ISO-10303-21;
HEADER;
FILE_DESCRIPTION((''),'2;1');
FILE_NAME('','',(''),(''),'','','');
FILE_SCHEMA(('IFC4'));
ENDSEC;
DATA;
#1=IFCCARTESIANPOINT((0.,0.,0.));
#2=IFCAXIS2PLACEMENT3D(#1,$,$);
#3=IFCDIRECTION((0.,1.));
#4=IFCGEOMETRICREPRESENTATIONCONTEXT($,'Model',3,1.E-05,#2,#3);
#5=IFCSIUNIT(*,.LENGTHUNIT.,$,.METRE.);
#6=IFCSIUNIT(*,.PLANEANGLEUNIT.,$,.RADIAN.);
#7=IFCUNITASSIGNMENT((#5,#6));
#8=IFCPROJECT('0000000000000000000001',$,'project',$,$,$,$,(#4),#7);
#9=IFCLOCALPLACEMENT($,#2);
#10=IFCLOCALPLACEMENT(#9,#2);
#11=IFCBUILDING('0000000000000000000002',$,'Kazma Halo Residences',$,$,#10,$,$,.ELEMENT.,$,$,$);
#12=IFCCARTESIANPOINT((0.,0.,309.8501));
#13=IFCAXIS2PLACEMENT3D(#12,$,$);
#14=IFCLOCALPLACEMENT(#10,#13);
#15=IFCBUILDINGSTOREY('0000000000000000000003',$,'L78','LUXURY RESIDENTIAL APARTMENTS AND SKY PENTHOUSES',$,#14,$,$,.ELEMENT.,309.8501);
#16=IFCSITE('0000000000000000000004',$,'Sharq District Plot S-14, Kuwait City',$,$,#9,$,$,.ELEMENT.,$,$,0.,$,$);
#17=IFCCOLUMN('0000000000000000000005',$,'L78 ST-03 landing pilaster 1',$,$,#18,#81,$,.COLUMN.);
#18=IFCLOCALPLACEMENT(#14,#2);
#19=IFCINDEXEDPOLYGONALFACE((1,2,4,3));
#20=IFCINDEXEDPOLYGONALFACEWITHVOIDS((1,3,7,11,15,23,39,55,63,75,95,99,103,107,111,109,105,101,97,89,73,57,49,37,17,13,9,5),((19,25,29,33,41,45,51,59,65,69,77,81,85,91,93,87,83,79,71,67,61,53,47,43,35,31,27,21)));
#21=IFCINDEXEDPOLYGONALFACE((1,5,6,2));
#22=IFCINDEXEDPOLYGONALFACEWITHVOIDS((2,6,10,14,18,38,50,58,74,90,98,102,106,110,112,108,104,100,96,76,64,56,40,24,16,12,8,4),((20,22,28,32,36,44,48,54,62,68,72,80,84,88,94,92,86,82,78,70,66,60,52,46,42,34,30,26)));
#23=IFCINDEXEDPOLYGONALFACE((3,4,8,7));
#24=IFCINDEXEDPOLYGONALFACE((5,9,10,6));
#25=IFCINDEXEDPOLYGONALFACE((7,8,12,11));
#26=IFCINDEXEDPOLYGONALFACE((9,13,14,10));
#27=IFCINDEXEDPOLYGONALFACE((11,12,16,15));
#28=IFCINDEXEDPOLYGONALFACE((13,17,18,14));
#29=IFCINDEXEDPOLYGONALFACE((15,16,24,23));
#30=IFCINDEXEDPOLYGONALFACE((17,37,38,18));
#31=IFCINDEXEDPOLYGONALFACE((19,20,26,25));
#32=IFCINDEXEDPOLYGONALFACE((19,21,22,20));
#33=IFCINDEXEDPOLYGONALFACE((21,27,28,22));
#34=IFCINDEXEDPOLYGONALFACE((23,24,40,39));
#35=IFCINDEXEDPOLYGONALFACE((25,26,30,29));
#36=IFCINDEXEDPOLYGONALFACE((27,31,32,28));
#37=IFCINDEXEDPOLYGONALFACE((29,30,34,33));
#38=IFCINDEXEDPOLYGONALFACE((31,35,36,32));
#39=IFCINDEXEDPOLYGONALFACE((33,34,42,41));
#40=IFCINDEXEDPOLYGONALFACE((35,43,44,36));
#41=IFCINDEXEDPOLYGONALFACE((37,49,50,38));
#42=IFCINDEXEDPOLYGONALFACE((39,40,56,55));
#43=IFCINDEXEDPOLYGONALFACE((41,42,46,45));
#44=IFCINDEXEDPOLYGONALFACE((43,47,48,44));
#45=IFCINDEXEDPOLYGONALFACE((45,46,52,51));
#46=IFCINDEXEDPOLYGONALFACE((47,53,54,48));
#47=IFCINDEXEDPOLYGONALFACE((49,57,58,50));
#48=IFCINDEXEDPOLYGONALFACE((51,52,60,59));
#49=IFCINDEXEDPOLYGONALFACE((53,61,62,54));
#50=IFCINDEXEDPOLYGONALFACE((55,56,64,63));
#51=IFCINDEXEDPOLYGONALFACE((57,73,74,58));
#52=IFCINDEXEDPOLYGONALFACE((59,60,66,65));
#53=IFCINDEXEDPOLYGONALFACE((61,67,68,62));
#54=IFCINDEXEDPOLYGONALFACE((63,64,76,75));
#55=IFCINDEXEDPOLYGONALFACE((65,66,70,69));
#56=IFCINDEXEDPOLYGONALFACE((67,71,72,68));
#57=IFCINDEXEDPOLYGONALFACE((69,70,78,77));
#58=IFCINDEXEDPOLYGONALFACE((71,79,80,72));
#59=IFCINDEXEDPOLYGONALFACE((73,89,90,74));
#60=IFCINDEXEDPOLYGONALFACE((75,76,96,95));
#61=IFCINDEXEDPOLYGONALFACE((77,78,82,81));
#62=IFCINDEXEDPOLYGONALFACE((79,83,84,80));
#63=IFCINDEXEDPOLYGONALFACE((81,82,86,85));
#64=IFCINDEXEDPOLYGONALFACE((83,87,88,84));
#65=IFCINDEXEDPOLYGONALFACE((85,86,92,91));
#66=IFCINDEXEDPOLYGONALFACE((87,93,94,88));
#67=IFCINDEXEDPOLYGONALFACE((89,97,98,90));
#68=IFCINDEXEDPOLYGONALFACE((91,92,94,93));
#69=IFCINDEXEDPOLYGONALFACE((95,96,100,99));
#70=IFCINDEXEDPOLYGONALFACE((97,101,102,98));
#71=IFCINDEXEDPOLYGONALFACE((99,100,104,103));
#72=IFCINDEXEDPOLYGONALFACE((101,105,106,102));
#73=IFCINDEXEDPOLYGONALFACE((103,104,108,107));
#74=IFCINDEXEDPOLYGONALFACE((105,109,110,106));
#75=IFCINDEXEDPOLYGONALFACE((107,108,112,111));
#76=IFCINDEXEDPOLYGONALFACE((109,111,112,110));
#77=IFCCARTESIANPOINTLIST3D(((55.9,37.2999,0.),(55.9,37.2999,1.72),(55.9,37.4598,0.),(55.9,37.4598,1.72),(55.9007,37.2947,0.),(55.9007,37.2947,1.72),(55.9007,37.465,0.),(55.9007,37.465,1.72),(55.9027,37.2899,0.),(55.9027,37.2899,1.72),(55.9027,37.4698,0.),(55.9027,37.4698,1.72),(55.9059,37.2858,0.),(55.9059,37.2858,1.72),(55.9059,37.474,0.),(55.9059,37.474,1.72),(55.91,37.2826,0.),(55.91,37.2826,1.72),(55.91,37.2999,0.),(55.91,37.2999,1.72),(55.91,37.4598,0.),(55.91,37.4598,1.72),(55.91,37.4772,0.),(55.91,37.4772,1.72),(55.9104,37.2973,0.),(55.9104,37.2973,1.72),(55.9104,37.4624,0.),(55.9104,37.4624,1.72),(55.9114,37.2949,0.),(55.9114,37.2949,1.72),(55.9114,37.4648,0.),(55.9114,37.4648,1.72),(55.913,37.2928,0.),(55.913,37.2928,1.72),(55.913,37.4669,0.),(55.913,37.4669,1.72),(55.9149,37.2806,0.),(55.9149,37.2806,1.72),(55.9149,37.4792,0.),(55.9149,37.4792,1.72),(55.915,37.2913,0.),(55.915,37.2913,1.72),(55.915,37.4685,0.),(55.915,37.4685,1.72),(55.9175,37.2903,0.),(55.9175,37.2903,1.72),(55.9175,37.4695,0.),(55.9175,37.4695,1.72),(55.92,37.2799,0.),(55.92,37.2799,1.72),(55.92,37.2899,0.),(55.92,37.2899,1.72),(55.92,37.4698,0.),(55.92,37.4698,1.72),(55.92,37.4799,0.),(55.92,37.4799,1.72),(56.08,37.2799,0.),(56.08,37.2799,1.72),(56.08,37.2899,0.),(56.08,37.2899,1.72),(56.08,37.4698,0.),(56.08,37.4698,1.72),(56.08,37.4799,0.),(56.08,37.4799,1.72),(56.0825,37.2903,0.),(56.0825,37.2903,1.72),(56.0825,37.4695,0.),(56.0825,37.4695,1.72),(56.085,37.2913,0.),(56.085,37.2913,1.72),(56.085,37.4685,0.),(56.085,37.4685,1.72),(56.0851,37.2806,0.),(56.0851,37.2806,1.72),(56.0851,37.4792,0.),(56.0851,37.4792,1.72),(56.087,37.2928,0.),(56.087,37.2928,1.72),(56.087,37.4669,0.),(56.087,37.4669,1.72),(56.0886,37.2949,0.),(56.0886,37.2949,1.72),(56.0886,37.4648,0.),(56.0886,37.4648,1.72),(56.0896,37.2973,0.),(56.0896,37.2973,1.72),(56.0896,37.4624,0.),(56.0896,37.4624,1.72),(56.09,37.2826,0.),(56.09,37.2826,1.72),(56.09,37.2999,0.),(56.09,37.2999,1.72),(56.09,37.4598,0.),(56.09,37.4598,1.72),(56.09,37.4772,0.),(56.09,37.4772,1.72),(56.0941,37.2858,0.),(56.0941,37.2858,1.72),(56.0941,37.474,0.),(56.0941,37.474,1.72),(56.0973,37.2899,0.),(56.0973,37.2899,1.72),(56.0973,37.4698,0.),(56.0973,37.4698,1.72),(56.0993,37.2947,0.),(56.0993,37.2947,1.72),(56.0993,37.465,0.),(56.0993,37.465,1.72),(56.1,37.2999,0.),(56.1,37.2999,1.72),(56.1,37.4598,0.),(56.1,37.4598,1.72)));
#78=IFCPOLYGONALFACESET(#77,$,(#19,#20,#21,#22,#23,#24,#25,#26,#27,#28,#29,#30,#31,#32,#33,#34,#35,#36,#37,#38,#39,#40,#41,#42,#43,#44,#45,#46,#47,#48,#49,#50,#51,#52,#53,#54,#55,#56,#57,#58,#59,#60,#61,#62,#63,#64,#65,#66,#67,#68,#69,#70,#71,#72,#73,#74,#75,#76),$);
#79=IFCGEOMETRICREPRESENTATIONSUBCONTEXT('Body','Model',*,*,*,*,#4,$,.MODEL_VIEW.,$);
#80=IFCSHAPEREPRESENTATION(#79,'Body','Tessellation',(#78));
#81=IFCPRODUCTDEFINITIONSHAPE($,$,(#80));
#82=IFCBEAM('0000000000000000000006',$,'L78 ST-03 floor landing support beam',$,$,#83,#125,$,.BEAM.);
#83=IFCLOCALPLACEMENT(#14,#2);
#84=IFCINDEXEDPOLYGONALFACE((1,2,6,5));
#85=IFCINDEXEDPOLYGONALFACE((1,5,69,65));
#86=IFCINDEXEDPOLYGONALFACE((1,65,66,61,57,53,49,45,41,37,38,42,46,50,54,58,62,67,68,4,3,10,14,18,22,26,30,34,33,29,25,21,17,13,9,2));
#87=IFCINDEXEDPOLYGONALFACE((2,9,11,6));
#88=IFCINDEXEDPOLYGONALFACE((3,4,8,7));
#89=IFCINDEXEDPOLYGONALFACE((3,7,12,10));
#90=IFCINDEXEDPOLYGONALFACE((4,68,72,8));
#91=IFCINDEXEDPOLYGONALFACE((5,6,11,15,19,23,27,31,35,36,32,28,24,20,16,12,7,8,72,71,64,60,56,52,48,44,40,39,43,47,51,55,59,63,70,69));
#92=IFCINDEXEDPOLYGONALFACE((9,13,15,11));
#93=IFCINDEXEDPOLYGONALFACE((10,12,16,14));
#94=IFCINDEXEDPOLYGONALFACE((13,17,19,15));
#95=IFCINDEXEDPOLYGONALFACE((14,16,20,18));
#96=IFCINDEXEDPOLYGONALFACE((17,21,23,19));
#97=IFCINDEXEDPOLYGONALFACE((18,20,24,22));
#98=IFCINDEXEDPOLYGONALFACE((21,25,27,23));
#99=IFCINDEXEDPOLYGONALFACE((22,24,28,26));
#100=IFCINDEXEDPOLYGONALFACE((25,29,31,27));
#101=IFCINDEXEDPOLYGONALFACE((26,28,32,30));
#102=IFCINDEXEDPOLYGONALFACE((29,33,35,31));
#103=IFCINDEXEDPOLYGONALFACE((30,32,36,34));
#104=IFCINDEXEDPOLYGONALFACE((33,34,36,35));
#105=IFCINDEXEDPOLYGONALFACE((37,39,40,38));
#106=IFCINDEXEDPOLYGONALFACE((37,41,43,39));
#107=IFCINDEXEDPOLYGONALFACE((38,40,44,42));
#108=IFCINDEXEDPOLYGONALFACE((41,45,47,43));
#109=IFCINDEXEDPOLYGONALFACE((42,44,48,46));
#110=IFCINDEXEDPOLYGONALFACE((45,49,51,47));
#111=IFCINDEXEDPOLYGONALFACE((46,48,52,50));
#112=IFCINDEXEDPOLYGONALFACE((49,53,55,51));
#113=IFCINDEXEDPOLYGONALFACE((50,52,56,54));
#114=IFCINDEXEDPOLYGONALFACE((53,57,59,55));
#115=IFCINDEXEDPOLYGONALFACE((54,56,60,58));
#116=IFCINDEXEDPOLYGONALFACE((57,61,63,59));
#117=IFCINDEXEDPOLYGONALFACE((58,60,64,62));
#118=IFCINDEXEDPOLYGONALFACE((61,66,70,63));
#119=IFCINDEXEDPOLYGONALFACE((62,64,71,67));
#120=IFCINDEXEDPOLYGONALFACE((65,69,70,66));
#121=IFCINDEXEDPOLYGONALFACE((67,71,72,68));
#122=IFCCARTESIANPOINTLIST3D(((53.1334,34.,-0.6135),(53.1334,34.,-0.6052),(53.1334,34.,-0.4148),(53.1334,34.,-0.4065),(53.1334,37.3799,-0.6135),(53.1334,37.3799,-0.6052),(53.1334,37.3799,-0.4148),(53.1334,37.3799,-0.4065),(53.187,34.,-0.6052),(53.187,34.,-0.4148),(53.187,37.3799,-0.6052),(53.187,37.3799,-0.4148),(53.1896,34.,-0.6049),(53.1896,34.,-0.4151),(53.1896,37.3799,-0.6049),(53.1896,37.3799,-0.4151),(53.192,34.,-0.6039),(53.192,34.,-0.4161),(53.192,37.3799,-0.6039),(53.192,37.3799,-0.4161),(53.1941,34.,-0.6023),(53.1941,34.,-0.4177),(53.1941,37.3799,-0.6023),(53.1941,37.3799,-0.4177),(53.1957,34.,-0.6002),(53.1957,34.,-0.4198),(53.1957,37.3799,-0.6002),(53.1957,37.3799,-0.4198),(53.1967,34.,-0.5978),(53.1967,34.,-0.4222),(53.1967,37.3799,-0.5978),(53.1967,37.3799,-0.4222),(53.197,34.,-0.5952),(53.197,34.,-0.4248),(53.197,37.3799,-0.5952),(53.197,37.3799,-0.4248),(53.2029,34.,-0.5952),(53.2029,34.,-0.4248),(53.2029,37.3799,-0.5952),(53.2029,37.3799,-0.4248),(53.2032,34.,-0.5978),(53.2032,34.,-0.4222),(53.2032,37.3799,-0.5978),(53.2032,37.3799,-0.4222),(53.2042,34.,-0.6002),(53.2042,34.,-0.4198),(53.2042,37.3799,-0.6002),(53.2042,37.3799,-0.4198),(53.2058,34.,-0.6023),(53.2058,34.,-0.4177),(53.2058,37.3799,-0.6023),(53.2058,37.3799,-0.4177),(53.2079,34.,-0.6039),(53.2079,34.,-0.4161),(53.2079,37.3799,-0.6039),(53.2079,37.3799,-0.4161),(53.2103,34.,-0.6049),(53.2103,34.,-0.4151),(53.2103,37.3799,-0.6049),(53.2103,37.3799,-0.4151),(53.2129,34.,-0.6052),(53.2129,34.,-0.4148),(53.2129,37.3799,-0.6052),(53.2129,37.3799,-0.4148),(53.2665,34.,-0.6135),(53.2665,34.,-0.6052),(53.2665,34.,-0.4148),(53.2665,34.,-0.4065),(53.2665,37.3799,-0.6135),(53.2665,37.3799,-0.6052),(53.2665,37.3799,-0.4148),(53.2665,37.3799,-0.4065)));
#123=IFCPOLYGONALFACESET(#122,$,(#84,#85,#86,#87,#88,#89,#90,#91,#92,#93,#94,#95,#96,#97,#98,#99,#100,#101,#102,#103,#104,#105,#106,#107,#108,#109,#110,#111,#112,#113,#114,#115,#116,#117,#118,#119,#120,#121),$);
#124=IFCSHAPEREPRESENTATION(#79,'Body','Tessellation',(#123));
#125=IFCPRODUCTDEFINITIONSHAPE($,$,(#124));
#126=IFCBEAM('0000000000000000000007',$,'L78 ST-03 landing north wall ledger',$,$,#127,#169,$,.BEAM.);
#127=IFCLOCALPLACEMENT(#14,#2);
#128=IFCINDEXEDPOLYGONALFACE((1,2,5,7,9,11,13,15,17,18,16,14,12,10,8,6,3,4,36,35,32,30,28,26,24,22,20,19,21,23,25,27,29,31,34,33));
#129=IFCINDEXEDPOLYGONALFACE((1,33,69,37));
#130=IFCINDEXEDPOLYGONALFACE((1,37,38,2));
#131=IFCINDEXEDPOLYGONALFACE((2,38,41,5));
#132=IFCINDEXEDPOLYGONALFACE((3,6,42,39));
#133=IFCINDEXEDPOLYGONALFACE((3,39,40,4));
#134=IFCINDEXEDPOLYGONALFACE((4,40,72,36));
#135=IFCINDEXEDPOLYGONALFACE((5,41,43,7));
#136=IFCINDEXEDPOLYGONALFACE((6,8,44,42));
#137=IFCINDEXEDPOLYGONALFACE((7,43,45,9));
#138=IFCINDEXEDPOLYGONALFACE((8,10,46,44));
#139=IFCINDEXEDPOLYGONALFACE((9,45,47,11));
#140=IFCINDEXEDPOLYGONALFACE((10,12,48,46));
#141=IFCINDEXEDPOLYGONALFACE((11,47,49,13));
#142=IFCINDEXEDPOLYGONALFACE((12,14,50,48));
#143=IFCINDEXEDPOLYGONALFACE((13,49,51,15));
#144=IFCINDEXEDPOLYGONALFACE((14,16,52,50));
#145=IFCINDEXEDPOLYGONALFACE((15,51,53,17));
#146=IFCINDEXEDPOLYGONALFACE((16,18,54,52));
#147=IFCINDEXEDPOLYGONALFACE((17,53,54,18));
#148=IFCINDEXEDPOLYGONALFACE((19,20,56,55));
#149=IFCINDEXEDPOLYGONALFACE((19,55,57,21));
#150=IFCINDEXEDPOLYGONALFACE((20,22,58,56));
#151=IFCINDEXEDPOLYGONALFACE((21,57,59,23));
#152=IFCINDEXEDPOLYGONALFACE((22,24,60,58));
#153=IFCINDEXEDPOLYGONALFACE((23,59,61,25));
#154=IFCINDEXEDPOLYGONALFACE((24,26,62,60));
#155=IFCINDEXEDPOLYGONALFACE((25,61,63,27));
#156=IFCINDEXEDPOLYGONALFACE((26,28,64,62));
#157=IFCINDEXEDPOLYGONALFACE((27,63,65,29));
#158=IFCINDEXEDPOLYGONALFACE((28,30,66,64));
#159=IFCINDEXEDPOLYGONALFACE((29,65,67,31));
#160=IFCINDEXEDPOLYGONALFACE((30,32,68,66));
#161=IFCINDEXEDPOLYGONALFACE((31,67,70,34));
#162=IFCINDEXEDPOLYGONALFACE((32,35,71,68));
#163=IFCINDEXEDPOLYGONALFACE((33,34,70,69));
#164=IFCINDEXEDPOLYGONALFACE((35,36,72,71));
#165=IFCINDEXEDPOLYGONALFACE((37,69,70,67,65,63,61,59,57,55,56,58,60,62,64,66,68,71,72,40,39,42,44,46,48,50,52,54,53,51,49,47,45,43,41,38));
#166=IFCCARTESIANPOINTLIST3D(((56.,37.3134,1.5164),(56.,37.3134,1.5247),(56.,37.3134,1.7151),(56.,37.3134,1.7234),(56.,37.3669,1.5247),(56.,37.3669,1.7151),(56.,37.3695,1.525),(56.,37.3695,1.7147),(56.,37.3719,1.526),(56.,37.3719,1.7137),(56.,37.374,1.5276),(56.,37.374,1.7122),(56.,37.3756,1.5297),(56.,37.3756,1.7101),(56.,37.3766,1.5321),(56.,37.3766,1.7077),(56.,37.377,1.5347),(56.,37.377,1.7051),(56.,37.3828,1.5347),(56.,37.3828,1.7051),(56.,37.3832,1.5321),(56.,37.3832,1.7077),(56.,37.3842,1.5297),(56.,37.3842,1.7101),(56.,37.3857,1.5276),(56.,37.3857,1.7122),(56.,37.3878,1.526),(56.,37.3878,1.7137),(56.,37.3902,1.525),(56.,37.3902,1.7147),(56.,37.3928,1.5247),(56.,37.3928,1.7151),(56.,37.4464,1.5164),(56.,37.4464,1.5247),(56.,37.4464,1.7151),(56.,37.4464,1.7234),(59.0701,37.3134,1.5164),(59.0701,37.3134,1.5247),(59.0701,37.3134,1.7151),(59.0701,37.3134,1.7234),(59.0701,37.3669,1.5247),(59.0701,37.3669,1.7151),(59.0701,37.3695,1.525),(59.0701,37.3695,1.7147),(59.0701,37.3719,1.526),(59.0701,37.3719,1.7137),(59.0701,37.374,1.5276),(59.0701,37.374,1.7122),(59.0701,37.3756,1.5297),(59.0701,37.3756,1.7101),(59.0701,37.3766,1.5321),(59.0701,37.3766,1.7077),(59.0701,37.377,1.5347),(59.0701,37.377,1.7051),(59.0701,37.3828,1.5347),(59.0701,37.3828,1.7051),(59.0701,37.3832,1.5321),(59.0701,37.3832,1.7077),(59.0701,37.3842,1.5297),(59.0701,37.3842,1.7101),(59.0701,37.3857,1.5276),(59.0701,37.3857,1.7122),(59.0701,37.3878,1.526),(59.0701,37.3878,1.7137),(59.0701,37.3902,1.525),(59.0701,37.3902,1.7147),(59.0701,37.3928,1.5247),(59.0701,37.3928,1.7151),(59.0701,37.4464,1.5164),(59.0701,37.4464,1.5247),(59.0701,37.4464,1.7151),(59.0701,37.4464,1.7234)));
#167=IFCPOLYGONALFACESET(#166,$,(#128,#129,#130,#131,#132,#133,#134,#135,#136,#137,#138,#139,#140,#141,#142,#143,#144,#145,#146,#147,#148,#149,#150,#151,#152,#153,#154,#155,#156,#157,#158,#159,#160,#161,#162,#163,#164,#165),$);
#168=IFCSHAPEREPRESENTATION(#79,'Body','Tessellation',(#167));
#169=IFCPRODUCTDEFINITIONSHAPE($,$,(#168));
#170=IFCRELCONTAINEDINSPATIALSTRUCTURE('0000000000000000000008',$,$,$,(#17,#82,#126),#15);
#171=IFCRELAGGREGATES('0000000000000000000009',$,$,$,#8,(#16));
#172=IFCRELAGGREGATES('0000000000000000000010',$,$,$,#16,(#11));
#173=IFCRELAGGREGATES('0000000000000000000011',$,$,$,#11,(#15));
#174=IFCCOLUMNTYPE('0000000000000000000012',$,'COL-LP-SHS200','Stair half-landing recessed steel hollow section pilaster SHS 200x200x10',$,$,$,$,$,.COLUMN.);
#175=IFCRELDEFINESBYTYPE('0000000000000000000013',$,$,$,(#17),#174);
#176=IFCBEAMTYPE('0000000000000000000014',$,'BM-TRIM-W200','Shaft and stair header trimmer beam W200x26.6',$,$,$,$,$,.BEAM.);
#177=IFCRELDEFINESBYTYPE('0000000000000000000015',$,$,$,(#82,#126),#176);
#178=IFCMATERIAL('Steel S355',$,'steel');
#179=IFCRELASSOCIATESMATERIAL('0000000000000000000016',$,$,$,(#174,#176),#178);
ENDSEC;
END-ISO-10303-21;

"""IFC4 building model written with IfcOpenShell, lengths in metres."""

from ifc_helpers import new_model, si_unit, direction, frame, origin, origin_2d, place, context, subcontext, project, spatial, hollow_rectangle, i_section, extrude, material, material_profile, profile_set, type_object, element, save


model = new_model("IFC4")

# Units and contexts
model_context = context("Model", 3, precision=1e-05, world=origin(), true_north=direction((0.0, 1.0)))
body_context = subcontext(model_context, "Body", "Model", "MODEL_VIEW")
ifc_project = project(units=[si_unit("LENGTHUNIT", "METRE"), si_unit("PLANEANGLEUNIT", "RADIAN")], contexts=[model_context])

# Site, building, storey
site_placement = place(None, origin())
site = spatial("IfcSite", under=ifc_project, at=site_placement, Name="Sharq District Plot S-14, Kuwait City", CompositionType="ELEMENT", RefElevation=0.0)
building_placement = place(site_placement, origin())
building = spatial("IfcBuilding", under=site, at=building_placement, Name="Kazma Halo Residences", CompositionType="ELEMENT")
storey_placement = place(building_placement, frame((0.0, 0.0, 309.8501)))
storey = spatial("IfcBuildingStorey", under=building, at=storey_placement, Name="L78", Description="LUXURY RESIDENTIAL APARTMENTS AND SKY PENTHOUSES", CompositionType="ELEMENT", Elevation=309.8501)

# Column
ifc_material_1 = material(Name="Steel S355", Category="steel")
ifc_material_profile_1 = material_profile(ifc_material_1, hollow_rectangle(XDim=0.2, YDim=0.2, WallThickness=0.01, InnerFilletRadius=0.01, OuterFilletRadius=0.02, at=origin_2d()), Name="SHS200x200x10")
ifc_profile_set_1 = profile_set([ifc_material_profile_1], Name="Steel S355")
column_type = type_object("IfcColumnType", Name="COL-LP-SHS200", Description="Stair half-landing recessed steel hollow section pilaster SHS 200x200x10", PredefinedType="COLUMN", material=ifc_profile_set_1)
column_placement = place(storey_placement, frame((56.0, 37.3799, 0.0), z_axis=(0.0, 0.0, 1.0), x_axis=(1.0, 0.0, 0.0)))
element("IfcColumn", 1, at=column_placement, inside=storey, type_object=column_type, Name="L78 ST-03 landing pilaster 1", PredefinedType="COLUMN", context=body_context, shape_type="SweptSolid", body=[
    extrude(hollow_rectangle(XDim=0.2, YDim=0.2, WallThickness=0.01, InnerFilletRadius=0.01, OuterFilletRadius=0.02, at=origin_2d()), origin(), (0.0, 0.0, 1.0), 1.72),
])

# Beams
ifc_material_profile_2 = material_profile(ifc_material_1, i_section(OverallWidth=0.1331, OverallDepth=0.207, WebThickness=0.0059, FlangeThickness=0.0083, FilletRadius=0.01, at=origin_2d()), Name="W200x26.6")
ifc_profile_set_2 = profile_set([ifc_material_profile_2], Name="Steel S355")
beam_type = type_object("IfcBeamType", Name="BM-TRIM-W200", Description="Shaft and stair header trimmer beam W200x26.6", PredefinedType="BEAM", material=ifc_profile_set_2)
beam_1_placement = place(storey_placement, frame((53.2, 34.0, -0.51), z_axis=(0.0, 1.0, 0.0), x_axis=(-1.0, 0.0, 0.0)))
element("IfcBeam", 2, at=beam_1_placement, inside=storey, type_object=beam_type, Name="L78 ST-03 floor landing support beam", PredefinedType="BEAM", context=body_context, shape_type="SweptSolid", body=[
    extrude(i_section(OverallWidth=0.1331, OverallDepth=0.207, WebThickness=0.0059, FlangeThickness=0.0083, FilletRadius=0.01, at=origin_2d()), origin(), (0.0, 0.0, 1.0), 3.3799),
])
beam_2_placement = place(storey_placement, frame((56.0, 37.3799, 1.6199), z_axis=(1.0, 0.0, 0.0), x_axis=(0.0, 1.0, 0.0)))
element("IfcBeam", 3, at=beam_2_placement, inside=storey, type_object=beam_type, Name="L78 ST-03 landing north wall ledger", PredefinedType="BEAM", context=body_context, shape_type="SweptSolid", body=[
    extrude(i_section(OverallWidth=0.1331, OverallDepth=0.207, WebThickness=0.0059, FlangeThickness=0.0083, FilletRadius=0.01, at=origin_2d()), origin(), (0.0, 0.0, 1.0), 3.0701),
])

save(model, "model.ifc")
